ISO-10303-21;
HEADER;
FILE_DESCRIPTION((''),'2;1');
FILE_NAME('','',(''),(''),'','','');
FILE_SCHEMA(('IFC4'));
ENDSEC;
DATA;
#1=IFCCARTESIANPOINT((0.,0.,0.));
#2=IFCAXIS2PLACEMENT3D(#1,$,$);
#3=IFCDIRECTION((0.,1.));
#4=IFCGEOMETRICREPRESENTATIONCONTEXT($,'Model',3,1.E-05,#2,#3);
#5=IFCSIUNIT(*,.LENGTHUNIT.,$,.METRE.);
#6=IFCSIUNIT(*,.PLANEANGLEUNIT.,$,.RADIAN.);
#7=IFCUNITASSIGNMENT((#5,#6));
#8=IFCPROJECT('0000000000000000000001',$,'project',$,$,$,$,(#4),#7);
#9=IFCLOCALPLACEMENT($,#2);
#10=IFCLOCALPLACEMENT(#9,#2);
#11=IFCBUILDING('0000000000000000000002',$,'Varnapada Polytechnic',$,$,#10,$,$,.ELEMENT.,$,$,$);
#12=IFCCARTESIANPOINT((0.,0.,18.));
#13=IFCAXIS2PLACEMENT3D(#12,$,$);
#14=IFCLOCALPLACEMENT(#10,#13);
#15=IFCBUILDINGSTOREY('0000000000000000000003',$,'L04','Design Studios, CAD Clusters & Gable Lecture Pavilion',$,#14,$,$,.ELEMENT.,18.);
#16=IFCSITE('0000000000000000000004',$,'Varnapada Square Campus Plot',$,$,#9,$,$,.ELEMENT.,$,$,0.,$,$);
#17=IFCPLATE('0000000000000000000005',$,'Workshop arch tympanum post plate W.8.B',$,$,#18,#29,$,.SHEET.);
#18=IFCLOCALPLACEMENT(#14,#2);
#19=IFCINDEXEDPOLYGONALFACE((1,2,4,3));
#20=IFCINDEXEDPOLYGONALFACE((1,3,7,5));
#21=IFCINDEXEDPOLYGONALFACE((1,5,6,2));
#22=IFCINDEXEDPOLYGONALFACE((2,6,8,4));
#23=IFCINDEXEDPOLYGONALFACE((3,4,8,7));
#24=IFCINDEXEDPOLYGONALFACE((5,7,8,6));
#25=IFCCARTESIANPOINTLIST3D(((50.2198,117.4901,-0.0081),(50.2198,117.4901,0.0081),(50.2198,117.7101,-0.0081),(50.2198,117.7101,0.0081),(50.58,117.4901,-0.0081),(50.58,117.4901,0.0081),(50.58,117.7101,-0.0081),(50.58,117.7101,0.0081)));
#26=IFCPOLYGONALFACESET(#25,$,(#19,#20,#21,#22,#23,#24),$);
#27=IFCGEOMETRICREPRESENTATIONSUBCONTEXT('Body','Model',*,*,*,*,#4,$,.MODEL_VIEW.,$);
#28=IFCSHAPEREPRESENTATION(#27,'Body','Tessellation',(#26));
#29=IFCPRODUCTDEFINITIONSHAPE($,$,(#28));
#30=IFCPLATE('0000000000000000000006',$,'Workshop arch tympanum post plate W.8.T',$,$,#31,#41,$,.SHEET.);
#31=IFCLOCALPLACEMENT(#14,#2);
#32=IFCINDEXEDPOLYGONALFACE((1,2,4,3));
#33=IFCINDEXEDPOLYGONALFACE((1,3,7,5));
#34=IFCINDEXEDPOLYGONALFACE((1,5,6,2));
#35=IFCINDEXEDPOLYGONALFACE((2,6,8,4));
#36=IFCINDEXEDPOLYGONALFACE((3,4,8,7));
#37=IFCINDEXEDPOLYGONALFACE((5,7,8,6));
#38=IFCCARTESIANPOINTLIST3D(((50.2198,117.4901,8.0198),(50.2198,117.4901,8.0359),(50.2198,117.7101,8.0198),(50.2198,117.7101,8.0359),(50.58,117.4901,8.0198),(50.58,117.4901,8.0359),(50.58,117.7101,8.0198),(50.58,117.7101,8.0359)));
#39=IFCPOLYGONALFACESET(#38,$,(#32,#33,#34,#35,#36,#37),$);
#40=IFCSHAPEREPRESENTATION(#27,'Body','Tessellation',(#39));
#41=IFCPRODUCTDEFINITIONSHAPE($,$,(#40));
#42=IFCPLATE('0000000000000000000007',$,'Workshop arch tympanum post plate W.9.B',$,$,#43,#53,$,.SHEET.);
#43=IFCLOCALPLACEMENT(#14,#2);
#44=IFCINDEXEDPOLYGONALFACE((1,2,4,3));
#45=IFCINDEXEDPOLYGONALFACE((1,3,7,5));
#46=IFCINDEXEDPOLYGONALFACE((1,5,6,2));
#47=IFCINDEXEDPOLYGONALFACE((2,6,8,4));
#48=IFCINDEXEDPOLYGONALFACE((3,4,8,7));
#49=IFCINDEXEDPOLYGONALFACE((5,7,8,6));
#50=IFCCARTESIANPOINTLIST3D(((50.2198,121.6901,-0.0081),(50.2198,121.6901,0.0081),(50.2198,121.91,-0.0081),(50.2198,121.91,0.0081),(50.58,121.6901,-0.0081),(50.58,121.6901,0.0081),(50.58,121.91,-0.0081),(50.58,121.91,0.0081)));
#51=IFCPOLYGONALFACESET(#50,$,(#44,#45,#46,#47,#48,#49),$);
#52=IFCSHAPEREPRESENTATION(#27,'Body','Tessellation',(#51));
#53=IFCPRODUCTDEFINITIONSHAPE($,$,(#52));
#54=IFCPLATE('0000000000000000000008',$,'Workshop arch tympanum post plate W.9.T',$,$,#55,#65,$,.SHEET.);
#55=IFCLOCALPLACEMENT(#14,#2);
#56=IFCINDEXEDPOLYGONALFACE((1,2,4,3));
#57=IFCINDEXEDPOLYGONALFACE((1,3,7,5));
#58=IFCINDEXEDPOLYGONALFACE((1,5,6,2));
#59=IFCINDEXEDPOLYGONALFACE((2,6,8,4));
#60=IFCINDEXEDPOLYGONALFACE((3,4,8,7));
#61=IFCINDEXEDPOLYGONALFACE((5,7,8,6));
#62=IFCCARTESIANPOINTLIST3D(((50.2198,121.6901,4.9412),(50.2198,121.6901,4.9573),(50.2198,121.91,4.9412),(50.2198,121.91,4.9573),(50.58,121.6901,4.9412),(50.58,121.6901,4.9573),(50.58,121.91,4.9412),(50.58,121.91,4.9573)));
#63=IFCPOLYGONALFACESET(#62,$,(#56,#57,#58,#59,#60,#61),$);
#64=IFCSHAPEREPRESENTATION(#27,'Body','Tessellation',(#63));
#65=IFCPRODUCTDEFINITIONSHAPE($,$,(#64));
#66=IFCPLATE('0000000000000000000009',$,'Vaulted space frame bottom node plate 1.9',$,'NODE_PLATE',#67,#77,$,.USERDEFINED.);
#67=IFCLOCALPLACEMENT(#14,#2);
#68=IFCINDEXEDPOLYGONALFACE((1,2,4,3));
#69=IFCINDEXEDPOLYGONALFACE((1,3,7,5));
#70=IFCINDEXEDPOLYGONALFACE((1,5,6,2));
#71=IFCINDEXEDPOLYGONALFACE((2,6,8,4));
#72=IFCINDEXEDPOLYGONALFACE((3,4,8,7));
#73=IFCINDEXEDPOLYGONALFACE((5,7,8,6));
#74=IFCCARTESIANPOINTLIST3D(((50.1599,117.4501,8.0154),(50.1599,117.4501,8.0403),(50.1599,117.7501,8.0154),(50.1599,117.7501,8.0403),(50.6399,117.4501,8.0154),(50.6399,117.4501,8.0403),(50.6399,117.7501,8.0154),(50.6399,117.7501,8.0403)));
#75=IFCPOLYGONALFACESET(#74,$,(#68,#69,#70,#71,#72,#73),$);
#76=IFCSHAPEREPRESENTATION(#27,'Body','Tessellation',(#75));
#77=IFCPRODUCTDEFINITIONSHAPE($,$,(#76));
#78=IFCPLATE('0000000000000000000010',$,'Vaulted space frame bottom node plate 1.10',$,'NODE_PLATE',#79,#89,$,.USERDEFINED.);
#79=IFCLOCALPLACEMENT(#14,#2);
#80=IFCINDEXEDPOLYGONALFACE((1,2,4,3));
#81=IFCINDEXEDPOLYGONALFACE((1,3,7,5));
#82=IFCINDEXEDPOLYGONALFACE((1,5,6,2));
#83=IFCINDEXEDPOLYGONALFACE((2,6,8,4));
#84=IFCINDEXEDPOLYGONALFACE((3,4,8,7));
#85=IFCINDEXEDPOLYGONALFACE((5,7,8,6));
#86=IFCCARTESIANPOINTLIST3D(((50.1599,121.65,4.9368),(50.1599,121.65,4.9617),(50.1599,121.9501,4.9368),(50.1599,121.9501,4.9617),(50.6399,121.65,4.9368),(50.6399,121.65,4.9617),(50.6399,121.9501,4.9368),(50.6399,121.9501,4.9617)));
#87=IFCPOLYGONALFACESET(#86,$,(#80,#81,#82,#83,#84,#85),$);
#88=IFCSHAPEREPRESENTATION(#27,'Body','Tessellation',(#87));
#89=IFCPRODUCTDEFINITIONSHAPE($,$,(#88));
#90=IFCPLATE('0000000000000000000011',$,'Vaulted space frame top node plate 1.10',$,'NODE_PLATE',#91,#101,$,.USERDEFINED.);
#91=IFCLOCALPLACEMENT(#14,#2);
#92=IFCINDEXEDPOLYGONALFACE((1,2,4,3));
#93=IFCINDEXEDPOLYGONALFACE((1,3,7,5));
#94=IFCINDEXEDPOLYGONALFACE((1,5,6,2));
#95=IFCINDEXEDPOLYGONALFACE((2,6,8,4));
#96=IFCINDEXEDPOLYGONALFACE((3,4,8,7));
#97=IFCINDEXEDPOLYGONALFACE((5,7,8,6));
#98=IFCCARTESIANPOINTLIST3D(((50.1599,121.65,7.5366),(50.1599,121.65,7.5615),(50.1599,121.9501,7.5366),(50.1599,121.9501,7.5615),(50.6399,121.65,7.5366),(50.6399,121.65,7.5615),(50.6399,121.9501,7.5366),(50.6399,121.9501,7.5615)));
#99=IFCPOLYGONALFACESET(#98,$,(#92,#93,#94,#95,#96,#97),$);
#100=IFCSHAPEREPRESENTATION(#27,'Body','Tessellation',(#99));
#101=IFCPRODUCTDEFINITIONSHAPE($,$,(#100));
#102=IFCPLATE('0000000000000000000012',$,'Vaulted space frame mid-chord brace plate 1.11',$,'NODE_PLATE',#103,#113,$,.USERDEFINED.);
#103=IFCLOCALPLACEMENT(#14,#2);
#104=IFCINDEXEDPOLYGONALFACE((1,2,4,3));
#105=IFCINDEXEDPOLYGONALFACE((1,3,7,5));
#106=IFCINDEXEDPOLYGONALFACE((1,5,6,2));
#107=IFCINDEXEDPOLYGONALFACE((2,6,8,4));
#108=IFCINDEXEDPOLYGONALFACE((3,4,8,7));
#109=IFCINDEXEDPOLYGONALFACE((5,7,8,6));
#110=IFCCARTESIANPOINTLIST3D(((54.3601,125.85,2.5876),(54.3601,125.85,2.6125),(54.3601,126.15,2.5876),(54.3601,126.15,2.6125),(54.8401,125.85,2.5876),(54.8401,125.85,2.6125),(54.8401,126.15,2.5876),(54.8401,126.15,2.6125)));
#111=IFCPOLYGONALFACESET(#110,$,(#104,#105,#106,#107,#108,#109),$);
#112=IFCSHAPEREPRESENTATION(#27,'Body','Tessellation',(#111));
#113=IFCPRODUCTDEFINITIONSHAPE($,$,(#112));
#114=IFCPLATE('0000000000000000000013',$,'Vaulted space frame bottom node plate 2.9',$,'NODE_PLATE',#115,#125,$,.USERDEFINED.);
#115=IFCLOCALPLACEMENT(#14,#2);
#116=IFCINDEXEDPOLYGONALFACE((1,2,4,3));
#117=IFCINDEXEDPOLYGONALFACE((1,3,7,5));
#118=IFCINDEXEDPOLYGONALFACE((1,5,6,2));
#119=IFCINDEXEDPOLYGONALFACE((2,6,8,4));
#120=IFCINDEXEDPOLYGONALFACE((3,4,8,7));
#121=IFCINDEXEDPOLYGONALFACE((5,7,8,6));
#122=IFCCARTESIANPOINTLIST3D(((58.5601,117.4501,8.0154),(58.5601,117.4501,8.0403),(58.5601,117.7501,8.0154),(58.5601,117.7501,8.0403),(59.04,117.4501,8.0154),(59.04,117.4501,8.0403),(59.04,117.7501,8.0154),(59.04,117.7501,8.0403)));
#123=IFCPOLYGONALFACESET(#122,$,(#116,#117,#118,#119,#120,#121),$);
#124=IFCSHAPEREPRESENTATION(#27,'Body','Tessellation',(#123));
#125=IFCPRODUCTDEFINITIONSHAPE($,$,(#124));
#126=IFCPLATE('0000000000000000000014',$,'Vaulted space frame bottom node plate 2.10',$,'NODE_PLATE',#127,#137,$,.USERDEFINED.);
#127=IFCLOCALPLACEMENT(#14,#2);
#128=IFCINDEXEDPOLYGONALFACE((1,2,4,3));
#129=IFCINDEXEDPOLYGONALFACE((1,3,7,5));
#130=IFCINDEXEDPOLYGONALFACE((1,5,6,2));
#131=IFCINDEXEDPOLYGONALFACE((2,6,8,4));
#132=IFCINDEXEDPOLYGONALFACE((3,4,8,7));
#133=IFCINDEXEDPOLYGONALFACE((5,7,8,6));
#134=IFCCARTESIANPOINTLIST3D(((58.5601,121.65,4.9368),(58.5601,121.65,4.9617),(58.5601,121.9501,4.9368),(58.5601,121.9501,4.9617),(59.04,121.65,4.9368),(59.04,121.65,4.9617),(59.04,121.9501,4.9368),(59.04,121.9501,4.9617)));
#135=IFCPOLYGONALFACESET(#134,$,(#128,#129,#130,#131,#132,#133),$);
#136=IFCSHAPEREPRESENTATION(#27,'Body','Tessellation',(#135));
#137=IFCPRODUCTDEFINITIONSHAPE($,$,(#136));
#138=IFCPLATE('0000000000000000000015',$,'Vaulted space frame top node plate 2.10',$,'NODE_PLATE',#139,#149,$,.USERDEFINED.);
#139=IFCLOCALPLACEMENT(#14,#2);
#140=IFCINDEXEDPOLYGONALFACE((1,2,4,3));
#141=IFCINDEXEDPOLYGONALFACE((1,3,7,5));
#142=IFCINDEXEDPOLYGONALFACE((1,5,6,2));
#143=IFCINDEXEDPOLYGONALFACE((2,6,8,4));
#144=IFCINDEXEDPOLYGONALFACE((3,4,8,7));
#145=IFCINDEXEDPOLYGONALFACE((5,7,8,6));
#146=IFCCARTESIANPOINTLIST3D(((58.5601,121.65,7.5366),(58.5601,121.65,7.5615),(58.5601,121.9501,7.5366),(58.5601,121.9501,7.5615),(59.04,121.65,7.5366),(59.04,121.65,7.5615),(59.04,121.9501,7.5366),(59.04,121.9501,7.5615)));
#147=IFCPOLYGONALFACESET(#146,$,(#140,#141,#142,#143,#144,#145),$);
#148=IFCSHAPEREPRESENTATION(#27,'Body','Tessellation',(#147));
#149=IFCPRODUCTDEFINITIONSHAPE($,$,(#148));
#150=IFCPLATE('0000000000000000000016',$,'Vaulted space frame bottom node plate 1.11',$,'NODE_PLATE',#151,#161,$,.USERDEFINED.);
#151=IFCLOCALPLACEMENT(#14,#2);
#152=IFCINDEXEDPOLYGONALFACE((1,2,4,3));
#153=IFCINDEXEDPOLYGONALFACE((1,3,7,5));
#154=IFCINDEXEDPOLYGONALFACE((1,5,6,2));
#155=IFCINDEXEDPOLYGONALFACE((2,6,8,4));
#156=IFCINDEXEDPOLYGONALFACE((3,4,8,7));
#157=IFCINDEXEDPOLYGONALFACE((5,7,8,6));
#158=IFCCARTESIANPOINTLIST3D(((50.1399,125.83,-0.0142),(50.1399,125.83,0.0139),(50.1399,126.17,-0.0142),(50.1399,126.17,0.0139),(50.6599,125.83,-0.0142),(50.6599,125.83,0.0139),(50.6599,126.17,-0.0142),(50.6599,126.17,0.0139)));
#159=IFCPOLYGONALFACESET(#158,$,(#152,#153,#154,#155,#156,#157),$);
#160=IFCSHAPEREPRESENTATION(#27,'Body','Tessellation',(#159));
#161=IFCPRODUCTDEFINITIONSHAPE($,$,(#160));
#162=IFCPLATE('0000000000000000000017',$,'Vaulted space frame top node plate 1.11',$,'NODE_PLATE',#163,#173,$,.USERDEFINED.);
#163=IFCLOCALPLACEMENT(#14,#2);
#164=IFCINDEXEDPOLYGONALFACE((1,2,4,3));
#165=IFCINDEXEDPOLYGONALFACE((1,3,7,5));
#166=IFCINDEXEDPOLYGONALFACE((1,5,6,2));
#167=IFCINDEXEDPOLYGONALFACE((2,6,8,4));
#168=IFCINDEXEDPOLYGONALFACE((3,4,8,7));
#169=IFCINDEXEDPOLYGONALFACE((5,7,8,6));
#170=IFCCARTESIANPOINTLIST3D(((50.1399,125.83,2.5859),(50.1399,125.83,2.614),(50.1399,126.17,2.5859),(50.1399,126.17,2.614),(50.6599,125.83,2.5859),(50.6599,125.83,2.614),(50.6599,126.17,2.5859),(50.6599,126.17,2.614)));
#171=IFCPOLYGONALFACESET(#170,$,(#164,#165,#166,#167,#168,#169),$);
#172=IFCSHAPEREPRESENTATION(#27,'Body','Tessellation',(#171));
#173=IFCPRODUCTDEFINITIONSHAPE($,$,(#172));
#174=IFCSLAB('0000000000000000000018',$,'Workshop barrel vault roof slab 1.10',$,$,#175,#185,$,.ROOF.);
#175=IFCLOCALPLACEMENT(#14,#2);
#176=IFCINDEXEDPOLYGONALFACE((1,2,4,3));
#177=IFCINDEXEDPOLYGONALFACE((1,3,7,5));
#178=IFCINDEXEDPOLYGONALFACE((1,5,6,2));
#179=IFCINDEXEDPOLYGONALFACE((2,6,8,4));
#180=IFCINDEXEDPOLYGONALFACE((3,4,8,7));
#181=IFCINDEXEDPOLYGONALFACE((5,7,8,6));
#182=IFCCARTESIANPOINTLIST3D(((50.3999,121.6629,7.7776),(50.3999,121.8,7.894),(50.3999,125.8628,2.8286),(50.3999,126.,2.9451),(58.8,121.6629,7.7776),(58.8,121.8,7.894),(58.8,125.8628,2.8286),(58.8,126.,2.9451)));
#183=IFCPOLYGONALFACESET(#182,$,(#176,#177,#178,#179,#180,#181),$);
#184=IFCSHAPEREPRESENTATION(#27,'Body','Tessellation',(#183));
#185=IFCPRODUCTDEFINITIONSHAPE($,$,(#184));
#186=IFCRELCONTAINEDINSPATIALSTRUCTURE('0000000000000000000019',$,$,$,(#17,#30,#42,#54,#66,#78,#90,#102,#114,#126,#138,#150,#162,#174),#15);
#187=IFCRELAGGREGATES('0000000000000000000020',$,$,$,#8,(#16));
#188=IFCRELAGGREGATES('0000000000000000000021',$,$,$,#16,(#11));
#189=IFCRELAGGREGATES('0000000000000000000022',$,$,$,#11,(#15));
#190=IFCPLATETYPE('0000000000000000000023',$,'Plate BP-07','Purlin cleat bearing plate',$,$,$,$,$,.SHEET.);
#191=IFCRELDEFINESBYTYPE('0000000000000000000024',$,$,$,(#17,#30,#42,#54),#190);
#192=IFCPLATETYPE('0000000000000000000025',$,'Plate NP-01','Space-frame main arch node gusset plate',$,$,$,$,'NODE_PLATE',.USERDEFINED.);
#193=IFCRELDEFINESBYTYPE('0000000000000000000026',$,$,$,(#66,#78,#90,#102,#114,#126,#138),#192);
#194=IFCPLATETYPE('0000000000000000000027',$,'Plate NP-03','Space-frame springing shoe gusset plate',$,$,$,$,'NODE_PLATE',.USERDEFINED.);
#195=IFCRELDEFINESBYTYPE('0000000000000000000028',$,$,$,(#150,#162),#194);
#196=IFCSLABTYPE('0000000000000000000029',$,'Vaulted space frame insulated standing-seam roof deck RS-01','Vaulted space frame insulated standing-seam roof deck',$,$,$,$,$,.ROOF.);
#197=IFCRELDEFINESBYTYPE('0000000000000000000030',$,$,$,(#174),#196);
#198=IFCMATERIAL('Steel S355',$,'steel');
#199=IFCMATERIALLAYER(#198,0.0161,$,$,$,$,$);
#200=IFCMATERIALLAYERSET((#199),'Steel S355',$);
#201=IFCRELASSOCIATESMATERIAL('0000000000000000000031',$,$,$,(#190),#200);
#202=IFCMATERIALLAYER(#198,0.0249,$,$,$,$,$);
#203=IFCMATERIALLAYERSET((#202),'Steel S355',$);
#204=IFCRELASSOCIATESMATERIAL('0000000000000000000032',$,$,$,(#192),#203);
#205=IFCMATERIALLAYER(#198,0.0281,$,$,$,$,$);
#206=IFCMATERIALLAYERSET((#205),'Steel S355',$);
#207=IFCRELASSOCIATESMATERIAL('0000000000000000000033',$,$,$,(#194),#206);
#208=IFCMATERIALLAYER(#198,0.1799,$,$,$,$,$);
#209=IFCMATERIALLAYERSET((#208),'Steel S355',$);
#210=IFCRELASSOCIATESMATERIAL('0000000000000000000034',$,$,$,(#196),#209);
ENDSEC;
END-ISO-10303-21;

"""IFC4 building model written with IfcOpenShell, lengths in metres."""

from ifc_helpers import new_model, si_unit, direction, frame, origin, origin_2d, place, context, subcontext, project, spatial, polyline, rectangle, outline, extrude, material, layer, layer_set, type_object, element, save


model = new_model("IFC4")

# Units and contexts
model_context = context("Model", 3, precision=1e-05, world=origin(), true_north=direction((0.0, 1.0)))
body_context = subcontext(model_context, "Body", "Model", "MODEL_VIEW")
ifc_project = project(units=[si_unit("LENGTHUNIT", "METRE"), si_unit("PLANEANGLEUNIT", "RADIAN")], contexts=[model_context])

# Site, building, storey
site_placement = place(None, origin())
site = spatial("IfcSite", under=ifc_project, at=site_placement, Name="Varnapada Square Campus Plot", CompositionType="ELEMENT", RefElevation=0.0)
building_placement = place(site_placement, origin())
building = spatial("IfcBuilding", under=site, at=building_placement, Name="Varnapada Polytechnic", CompositionType="ELEMENT")
storey_placement = place(building_placement, frame((0.0, 0.0, 18.0)))
storey = spatial("IfcBuildingStorey", under=building, at=storey_placement, Name="L04", Description="Design Studios, CAD Clusters & Gable Lecture Pavilion", CompositionType="ELEMENT", Elevation=18.0)

# Shared definitions
ifc_material = material(Name="Steel S355", Category="steel")

# Plates
ifc_layer_1 = layer(ifc_material, 0.0161)
ifc_layer_set_1 = layer_set([ifc_layer_1], Name="Steel S355")
plate_type_1 = type_object("IfcPlateType", Name="Plate BP-07", Description="Purlin cleat bearing plate", PredefinedType="SHEET", material=ifc_layer_set_1)
for number, where, z_axis, x_axis, name in (
    (1, (50.3999, 117.6001, -0.0081), (0.0, 0.0, 1.0), (1.0, 0.0, 0.0), "Workshop arch tympanum post plate W.8.B"),
    (2, (50.3999, 117.6001, 8.0198), (0.0, 0.0, 1.0), (1.0, 0.0, 0.0), "Workshop arch tympanum post plate W.8.T"),
    (3, (50.3999, 121.8, -0.0081), (0.0, 0.0, 1.0), (1.0, 0.0, 0.0), "Workshop arch tympanum post plate W.9.B"),
    (4, (50.3999, 121.8, 4.9412), (0.0, 0.0, 1.0), (1.0, 0.0, 0.0), "Workshop arch tympanum post plate W.9.T"),
):
    element("IfcPlate", number, at=place(storey_placement, frame(where, z_axis=z_axis, x_axis=x_axis)), inside=storey, type_object=plate_type_1, Name=name, PredefinedType="SHEET", context=body_context, shape_type="SweptSolid", body=[
        extrude(rectangle(XDim=0.3601, YDim=0.22, at=origin_2d()), origin(), (0.0, 0.0, 1.0), 0.0161),
    ])
ifc_layer_2 = layer(ifc_material, 0.0249)
ifc_layer_set_2 = layer_set([ifc_layer_2], Name="Steel S355")
plate_type_2 = type_object("IfcPlateType", Name="Plate NP-01", Description="Space-frame main arch node gusset plate", ElementType="NODE_PLATE", PredefinedType="USERDEFINED", material=ifc_layer_set_2)
for number, where, z_axis, x_axis, name in (
    (5, (50.3999, 117.6001, 8.0154), (0.0, 0.0, 1.0), (1.0, 0.0, 0.0), "Vaulted space frame bottom node plate 1.9"),
    (6, (50.3999, 121.8, 4.9368), (0.0, 0.0, 1.0), (1.0, 0.0, 0.0), "Vaulted space frame bottom node plate 1.10"),
    (7, (50.3999, 121.8, 7.5366), (0.0, 0.0, 1.0), (1.0, 0.0, 0.0), "Vaulted space frame top node plate 1.10"),
    (8, (54.6001, 126.0, 2.5876), (0.0, 0.0, 1.0), (1.0, 0.0, 0.0), "Vaulted space frame mid-chord brace plate 1.11"),
    (9, (58.8, 117.6001, 8.0154), (0.0, 0.0, 1.0), (1.0, 0.0, 0.0), "Vaulted space frame bottom node plate 2.9"),
    (10, (58.8, 121.8, 4.9368), (0.0, 0.0, 1.0), (1.0, 0.0, 0.0), "Vaulted space frame bottom node plate 2.10"),
    (11, (58.8, 121.8, 7.5366), (0.0, 0.0, 1.0), (1.0, 0.0, 0.0), "Vaulted space frame top node plate 2.10"),
):
    element("IfcPlate", number, at=place(storey_placement, frame(where, z_axis=z_axis, x_axis=x_axis)), inside=storey, type_object=plate_type_2, Name=name, ObjectType="NODE_PLATE", PredefinedType="USERDEFINED", context=body_context, shape_type="SweptSolid", body=[
        extrude(rectangle(XDim=0.48, YDim=0.3, at=origin_2d()), origin(), (0.0, 0.0, 1.0), 0.0249),
    ])
ifc_layer_3 = layer(ifc_material, 0.0281)
ifc_layer_set_3 = layer_set([ifc_layer_3], Name="Steel S355")
plate_type_3 = type_object("IfcPlateType", Name="Plate NP-03", Description="Space-frame springing shoe gusset plate", ElementType="NODE_PLATE", PredefinedType="USERDEFINED", material=ifc_layer_set_3)
for number, where, z_axis, x_axis, name in (
    (12, (50.3999, 126.0, -0.0142), (0.0, 0.0, 1.0), (1.0, 0.0, 0.0), "Vaulted space frame bottom node plate 1.11"),
    (13, (50.3999, 126.0, 2.5859), (0.0, 0.0, 1.0), (1.0, 0.0, 0.0), "Vaulted space frame top node plate 1.11"),
):
    element("IfcPlate", number, at=place(storey_placement, frame(where, z_axis=z_axis, x_axis=x_axis)), inside=storey, type_object=plate_type_3, Name=name, ObjectType="NODE_PLATE", PredefinedType="USERDEFINED", context=body_context, shape_type="SweptSolid", body=[
        extrude(rectangle(XDim=0.52, YDim=0.3401, at=origin_2d()), origin(), (0.0, 0.0, 1.0), 0.0281),
    ])

# Slab
ifc_layer_4 = layer(ifc_material, 0.1799)
ifc_layer_set_4 = layer_set([ifc_layer_4], Name="Steel S355")
slab_type = type_object("IfcSlabType", Name="Vaulted space frame insulated standing-seam roof deck RS-01", Description="Vaulted space frame insulated standing-seam roof deck", PredefinedType="ROOF", material=ifc_layer_set_4)
slab_placement = place(storey_placement, frame((50.3999, 121.8, 7.894), z_axis=(0.0, 0.762447, 0.647051), x_axis=(1.0, 0.0, 0.0)))
element("IfcSlab", 14, at=slab_placement, inside=storey, type_object=slab_type, Name="Workshop barrel vault roof slab 1.10", PredefinedType="ROOF", context=body_context, shape_type="SweptSolid", body=[
    extrude(outline(polyline([(0.0, 0.0), (8.4001, 0.0), (8.4001, 6.4909), (0.0, 6.4909), (0.0, 0.0)])), origin(), (0.0, 0.0, -1.0), 0.1799),
])

save(model, "model.ifc")
